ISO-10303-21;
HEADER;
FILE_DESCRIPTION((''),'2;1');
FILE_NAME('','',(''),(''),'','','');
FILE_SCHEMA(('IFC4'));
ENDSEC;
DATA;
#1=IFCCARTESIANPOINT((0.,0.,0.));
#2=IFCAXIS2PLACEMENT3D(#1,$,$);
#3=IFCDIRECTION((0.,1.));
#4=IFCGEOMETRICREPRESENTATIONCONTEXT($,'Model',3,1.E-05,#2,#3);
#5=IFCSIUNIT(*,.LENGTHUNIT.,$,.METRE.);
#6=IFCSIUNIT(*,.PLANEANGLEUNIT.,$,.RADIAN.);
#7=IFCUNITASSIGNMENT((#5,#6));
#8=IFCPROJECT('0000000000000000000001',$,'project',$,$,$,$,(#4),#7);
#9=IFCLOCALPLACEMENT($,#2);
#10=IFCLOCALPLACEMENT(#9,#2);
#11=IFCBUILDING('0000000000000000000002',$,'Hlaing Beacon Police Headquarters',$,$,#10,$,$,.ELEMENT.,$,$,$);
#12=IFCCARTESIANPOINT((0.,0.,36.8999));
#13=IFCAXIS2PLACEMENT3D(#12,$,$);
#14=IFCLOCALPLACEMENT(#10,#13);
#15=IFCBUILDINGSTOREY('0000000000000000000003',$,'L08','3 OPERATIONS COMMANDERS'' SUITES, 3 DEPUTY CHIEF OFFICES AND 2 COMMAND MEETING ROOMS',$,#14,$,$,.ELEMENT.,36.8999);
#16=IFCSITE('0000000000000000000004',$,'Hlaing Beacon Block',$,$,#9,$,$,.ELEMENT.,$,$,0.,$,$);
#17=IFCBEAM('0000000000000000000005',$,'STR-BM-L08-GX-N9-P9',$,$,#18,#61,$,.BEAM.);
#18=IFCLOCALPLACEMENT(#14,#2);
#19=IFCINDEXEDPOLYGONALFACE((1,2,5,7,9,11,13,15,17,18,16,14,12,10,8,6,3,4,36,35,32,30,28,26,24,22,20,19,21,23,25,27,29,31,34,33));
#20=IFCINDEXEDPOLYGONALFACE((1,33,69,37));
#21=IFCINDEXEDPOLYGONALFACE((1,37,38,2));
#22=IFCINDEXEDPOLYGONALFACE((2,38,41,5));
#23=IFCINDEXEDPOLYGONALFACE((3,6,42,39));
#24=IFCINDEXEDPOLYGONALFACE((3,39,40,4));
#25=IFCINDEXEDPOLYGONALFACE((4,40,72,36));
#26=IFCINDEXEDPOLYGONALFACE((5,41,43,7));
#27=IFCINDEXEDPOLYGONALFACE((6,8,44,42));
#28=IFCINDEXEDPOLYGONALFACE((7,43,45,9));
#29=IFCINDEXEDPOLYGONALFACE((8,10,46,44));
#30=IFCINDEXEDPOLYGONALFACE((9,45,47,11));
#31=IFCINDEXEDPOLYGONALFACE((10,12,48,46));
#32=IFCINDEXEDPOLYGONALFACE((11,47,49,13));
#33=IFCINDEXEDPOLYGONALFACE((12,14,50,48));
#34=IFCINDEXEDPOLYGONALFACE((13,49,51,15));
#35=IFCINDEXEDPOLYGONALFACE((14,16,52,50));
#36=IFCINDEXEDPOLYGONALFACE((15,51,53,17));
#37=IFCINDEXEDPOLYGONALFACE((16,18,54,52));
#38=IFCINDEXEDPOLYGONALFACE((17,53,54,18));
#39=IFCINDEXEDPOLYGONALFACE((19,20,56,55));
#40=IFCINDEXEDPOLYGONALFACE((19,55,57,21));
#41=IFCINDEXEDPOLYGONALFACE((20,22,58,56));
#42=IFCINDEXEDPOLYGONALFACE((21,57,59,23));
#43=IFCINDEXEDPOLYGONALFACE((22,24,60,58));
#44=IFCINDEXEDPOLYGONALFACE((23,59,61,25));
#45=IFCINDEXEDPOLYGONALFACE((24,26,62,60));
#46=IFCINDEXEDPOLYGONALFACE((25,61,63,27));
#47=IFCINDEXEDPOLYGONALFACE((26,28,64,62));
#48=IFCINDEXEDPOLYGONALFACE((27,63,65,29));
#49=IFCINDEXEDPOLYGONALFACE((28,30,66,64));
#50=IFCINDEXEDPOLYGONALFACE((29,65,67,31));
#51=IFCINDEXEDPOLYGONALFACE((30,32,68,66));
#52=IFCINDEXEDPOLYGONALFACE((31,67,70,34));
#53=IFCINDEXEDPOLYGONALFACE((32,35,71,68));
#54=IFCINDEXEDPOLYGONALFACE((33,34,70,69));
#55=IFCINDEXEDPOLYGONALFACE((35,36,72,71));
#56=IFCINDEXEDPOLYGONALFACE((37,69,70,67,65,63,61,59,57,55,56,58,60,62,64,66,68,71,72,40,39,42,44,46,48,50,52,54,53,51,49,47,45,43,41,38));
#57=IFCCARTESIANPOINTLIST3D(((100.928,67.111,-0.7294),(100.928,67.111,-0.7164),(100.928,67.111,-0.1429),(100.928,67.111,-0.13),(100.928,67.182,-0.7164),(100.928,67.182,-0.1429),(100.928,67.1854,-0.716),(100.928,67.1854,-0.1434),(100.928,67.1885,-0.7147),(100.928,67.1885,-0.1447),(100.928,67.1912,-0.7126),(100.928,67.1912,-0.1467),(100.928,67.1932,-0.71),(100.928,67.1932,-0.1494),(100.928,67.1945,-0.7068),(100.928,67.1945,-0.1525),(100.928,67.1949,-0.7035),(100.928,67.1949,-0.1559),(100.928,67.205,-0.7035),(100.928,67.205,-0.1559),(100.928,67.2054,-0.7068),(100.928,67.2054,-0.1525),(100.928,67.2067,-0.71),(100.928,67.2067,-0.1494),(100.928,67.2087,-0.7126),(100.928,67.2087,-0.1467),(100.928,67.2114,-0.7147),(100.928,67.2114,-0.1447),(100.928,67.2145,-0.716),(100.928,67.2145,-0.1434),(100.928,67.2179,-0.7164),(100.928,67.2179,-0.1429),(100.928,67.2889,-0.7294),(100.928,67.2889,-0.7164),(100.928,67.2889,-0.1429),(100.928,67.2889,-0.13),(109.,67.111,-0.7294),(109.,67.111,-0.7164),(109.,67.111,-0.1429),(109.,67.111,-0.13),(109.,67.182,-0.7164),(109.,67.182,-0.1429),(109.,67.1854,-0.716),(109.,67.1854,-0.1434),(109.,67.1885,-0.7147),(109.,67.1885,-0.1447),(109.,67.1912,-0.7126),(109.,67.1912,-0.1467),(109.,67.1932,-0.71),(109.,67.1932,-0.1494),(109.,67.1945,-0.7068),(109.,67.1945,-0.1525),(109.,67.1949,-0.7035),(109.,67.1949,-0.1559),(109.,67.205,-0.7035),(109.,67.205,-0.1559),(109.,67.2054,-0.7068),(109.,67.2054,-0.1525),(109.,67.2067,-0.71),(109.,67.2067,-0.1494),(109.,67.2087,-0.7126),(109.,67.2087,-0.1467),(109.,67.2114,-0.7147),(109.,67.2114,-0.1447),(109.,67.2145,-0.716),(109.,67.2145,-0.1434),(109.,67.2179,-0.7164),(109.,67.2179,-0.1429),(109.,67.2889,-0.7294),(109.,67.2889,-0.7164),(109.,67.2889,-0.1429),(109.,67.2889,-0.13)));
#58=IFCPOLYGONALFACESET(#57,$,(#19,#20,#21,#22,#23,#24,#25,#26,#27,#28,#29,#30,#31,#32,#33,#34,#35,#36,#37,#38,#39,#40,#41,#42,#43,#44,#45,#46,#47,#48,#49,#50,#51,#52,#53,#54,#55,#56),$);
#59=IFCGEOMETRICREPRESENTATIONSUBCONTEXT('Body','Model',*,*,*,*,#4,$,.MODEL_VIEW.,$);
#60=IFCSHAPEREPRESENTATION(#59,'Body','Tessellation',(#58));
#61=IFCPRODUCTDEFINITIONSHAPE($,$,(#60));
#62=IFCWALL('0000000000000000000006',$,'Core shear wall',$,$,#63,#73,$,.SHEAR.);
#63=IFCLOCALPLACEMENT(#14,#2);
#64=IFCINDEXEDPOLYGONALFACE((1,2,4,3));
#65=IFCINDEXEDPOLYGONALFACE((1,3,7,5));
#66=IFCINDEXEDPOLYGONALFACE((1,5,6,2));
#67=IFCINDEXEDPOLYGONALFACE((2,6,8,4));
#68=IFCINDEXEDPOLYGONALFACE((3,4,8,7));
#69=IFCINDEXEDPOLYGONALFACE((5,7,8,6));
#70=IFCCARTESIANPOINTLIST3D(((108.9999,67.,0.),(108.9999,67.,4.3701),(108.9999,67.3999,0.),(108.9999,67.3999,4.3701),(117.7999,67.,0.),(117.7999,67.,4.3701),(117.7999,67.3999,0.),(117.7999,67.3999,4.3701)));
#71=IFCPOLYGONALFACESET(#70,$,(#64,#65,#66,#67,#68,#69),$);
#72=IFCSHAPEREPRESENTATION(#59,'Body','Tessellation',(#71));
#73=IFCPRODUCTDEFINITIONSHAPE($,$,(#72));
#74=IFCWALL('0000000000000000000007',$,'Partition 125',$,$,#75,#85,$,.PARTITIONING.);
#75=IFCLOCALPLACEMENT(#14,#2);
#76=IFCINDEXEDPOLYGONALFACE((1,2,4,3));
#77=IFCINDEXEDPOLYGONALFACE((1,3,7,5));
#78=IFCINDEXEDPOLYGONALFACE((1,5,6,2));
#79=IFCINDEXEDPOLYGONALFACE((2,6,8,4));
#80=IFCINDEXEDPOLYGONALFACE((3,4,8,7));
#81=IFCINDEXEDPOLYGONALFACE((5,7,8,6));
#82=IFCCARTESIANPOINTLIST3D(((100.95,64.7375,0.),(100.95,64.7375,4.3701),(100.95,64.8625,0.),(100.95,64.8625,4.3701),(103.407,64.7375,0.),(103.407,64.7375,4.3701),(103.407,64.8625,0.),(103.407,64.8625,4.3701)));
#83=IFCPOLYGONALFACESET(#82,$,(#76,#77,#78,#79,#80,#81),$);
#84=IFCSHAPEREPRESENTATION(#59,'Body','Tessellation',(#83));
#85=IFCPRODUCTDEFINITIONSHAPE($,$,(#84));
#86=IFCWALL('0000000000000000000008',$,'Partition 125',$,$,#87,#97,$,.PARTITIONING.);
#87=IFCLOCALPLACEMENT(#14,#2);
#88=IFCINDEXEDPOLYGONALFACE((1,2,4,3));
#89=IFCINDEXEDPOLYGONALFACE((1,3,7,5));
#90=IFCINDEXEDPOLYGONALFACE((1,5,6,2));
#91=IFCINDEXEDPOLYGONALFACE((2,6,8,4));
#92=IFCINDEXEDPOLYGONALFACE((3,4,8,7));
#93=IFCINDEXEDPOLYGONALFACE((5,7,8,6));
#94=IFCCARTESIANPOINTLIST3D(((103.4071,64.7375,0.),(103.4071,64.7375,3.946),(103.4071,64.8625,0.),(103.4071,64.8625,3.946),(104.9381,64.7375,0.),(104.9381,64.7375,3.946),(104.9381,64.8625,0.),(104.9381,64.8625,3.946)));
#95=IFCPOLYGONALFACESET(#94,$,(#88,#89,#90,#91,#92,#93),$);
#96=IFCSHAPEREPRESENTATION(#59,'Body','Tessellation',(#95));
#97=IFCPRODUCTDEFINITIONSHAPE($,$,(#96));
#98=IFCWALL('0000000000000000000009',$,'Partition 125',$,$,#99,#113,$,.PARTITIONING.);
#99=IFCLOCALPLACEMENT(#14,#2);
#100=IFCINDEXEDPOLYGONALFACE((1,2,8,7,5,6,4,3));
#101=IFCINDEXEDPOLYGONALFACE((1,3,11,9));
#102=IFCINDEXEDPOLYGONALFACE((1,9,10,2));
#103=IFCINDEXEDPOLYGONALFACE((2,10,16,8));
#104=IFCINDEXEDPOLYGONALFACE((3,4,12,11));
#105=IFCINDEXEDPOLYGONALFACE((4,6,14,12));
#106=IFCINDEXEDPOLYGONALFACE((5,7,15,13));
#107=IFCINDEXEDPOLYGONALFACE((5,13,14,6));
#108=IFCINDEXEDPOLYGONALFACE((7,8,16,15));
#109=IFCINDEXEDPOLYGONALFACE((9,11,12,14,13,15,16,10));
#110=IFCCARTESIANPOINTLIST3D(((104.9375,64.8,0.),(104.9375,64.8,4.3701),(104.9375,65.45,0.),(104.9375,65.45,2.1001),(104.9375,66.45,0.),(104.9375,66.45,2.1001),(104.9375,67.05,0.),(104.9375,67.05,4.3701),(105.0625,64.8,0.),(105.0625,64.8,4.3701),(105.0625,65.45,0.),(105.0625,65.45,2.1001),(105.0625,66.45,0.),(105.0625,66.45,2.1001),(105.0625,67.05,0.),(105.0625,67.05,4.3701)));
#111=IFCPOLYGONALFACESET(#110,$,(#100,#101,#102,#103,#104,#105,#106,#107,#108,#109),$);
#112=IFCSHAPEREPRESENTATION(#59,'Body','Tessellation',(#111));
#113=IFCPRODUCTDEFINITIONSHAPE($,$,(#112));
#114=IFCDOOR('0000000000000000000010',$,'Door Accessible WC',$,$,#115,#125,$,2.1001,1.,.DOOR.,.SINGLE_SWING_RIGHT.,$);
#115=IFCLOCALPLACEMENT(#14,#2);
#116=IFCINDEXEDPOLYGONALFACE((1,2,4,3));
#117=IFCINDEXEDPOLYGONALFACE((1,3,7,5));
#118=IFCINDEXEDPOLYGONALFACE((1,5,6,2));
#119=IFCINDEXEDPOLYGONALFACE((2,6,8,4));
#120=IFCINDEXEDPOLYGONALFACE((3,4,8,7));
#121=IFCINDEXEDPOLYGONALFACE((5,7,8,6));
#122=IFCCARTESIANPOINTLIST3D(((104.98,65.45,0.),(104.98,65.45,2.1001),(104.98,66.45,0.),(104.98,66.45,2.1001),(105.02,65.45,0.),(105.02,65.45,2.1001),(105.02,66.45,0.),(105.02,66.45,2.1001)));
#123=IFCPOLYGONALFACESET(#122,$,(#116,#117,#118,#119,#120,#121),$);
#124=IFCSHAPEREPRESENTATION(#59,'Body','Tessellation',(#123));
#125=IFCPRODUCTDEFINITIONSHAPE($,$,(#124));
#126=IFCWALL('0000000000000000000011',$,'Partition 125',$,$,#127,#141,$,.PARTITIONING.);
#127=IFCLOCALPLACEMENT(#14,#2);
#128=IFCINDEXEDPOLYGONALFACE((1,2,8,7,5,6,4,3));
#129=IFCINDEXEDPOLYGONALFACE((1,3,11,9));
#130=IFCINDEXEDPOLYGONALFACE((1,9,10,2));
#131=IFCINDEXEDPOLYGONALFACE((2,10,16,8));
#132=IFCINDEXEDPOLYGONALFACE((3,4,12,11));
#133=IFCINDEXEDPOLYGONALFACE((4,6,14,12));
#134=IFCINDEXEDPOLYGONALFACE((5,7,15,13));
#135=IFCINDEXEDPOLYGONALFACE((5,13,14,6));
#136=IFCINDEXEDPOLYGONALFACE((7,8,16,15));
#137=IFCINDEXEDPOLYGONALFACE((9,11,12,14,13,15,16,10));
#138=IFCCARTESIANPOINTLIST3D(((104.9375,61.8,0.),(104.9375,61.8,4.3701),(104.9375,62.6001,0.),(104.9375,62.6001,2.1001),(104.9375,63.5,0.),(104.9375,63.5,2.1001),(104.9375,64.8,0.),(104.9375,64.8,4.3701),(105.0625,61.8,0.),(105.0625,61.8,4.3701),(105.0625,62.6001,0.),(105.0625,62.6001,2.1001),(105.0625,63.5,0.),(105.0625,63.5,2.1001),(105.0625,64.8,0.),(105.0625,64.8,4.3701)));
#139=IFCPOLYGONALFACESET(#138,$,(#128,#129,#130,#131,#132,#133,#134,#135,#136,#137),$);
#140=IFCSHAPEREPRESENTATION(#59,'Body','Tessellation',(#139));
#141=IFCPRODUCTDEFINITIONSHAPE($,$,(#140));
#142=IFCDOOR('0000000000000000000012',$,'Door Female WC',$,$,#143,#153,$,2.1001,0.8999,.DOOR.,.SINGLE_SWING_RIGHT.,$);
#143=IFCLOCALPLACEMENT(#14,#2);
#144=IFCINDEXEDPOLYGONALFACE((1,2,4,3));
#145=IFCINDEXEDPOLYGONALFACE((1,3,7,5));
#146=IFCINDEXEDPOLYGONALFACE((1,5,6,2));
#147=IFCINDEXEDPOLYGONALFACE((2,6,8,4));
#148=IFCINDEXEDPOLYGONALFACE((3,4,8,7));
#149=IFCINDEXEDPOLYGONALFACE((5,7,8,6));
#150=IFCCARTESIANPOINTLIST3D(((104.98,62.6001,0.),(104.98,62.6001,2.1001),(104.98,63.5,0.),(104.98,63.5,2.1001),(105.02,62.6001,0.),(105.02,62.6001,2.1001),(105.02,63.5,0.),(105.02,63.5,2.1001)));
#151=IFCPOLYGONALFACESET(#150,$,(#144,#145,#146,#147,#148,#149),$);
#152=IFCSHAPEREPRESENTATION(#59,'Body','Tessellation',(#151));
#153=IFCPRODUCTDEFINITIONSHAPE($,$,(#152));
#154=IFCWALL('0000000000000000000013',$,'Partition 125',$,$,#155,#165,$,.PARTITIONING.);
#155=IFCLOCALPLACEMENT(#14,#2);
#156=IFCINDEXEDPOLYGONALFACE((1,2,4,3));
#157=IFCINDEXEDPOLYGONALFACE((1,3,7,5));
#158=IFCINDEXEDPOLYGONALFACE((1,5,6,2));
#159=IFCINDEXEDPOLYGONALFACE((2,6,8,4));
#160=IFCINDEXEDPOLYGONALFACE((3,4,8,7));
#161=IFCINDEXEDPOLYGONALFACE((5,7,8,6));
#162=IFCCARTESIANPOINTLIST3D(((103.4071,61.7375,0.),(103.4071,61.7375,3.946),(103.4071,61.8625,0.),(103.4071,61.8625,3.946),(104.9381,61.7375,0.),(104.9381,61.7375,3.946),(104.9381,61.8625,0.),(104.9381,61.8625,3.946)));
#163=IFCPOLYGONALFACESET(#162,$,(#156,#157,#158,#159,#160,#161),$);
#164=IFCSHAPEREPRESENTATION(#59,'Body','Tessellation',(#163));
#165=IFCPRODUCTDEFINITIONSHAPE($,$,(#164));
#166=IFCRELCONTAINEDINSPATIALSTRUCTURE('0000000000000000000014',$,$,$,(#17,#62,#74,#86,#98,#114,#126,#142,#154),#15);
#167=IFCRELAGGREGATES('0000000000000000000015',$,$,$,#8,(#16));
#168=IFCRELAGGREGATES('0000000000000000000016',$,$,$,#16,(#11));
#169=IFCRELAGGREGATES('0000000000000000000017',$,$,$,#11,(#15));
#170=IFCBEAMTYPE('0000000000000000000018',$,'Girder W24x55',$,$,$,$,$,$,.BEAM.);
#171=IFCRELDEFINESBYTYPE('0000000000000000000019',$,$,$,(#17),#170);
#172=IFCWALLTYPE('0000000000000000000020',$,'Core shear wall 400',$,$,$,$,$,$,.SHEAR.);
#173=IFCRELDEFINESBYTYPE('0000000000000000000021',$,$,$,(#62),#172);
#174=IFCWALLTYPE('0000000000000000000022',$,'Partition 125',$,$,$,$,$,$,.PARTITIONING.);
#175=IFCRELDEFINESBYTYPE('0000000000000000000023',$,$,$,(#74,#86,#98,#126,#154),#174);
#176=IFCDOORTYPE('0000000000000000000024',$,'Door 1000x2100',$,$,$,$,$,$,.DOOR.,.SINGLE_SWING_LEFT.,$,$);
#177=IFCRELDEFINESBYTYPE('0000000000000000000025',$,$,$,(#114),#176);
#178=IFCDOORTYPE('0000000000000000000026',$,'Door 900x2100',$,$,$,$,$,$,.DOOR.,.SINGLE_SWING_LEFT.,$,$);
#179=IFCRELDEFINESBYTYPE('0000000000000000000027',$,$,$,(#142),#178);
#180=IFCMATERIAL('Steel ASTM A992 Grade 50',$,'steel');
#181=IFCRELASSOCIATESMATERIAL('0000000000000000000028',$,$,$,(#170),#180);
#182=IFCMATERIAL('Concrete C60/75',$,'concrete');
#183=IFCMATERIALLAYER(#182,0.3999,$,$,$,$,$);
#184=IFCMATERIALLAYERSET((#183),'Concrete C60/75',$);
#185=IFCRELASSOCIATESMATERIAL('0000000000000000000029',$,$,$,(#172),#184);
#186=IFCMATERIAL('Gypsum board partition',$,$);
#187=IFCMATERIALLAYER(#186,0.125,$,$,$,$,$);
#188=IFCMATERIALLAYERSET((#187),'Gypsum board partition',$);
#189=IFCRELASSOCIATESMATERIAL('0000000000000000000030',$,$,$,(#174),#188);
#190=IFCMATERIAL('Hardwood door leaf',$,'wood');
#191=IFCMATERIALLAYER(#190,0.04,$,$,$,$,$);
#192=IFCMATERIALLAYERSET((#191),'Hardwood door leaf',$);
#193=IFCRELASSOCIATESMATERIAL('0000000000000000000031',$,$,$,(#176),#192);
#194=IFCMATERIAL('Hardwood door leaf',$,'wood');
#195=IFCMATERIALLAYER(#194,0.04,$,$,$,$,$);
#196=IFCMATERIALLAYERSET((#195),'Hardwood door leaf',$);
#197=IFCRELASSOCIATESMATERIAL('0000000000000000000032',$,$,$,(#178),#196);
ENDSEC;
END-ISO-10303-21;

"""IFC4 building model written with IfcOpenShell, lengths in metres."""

from ifc_helpers import new_model, si_unit, direction, frame, frame_2d, origin, origin_2d, place, context, subcontext, project, spatial, rectangle, i_section, extrude, material, layer, layer_set, material_profile, profile_set, type_object, element, fill, save


model = new_model("IFC4")

# Units and contexts
model_context = context("Model", 3, precision=1e-05, world=origin(), true_north=direction((0.0, 1.0)))
body_context = subcontext(model_context, "Body", "Model", "MODEL_VIEW")
ifc_project = project(units=[si_unit("LENGTHUNIT", "METRE"), si_unit("PLANEANGLEUNIT", "RADIAN")], contexts=[model_context])

# Site, building, storey
site_placement = place(None, origin())
site = spatial("IfcSite", under=ifc_project, at=site_placement, Name="Hlaing Beacon Block", CompositionType="ELEMENT", RefElevation=0.0)
building_placement = place(site_placement, origin())
building = spatial("IfcBuilding", under=site, at=building_placement, Name="Hlaing Beacon Police Headquarters", CompositionType="ELEMENT")
storey_placement = place(building_placement, frame((0.0, 0.0, 36.8999)))
storey = spatial("IfcBuildingStorey", under=building, at=storey_placement, Name="L08", Description="3 OPERATIONS COMMANDERS' SUITES, 3 DEPUTY CHIEF OFFICES AND 2 COMMAND MEETING ROOMS", CompositionType="ELEMENT", Elevation=36.8999)

# Beam
ifc_material_1 = material(Name="Steel ASTM A992 Grade 50", Category="steel")
ifc_material_profile = material_profile(ifc_material_1, i_section(OverallWidth=0.178, OverallDepth=0.5994, WebThickness=0.01, FlangeThickness=0.0129, FilletRadius=0.0129, at=origin_2d()), Name="W24x55")
ifc_profile_set = profile_set([ifc_material_profile], Name="Steel ASTM A992 Grade 50")
beam_type = type_object("IfcBeamType", Name="Girder W24x55", PredefinedType="BEAM", material=ifc_profile_set)
beam_placement = place(storey_placement, frame((100.928, 67.2, -0.4297), z_axis=(1.0, 0.0, 0.0), x_axis=(0.0, 1.0, 0.0)))
element("IfcBeam", 1, at=beam_placement, inside=storey, type_object=beam_type, Name="STR-BM-L08-GX-N9-P9", PredefinedType="BEAM", context=body_context, shape_type="SweptSolid", body=[
    extrude(i_section(OverallWidth=0.178, OverallDepth=0.5994, WebThickness=0.01, FlangeThickness=0.0129, FilletRadius=0.0129, at=origin_2d()), origin(), (0.0, 0.0, 1.0), 8.072),
])

# Walls
ifc_material_2 = material(Name="Concrete C60/75", Category="concrete")
ifc_layer_1 = layer(ifc_material_2, 0.3999)
ifc_layer_set_1 = layer_set([ifc_layer_1], Name="Concrete C60/75")
wall_type_1 = type_object("IfcWallType", Name="Core shear wall 400", PredefinedType="SHEAR", material=ifc_layer_set_1)
wall_1_placement = place(storey_placement, frame((109.0, 67.2, 0.0), z_axis=(0.0, 0.0, 1.0), x_axis=(1.0, 0.0, 0.0)))
element("IfcWall", 2, at=wall_1_placement, inside=storey, type_object=wall_type_1, Name="Core shear wall", PredefinedType="SHEAR", context=body_context, shape_type="SweptSolid", body=[
    extrude(rectangle(XDim=8.8, YDim=0.3999, at=frame_2d((4.3999, 0.0))), origin(), (0.0, 0.0, 1.0), 4.3701),
])
ifc_material_3 = material(Name="Gypsum board partition")
ifc_layer_2 = layer(ifc_material_3, 0.125)
ifc_layer_set_2 = layer_set([ifc_layer_2], Name="Gypsum board partition")
wall_type_2 = type_object("IfcWallType", Name="Partition 125", PredefinedType="PARTITIONING", material=ifc_layer_set_2)
wall_2_placement = place(storey_placement, frame((100.95, 64.8, 0.0), z_axis=(0.0, 0.0, 1.0), x_axis=(1.0, 0.0, 0.0)))
element("IfcWall", 3, at=wall_2_placement, inside=storey, type_object=wall_type_2, Name="Partition 125", PredefinedType="PARTITIONING", context=body_context, shape_type="SweptSolid", body=[
    extrude(rectangle(XDim=2.457, YDim=0.125, at=frame_2d((1.2285, 0.0))), origin(), (0.0, 0.0, 1.0), 4.3701),
])
wall_3_placement = place(storey_placement, frame((103.407, 64.8, 0.0), z_axis=(0.0, 0.0, 1.0), x_axis=(1.0, 0.0, 0.0)))
element("IfcWall", 4, at=wall_3_placement, inside=storey, type_object=wall_type_2, Name="Partition 125", PredefinedType="PARTITIONING", context=body_context, shape_type="SweptSolid", body=[
    extrude(rectangle(XDim=1.531, YDim=0.125, at=frame_2d((0.7656, 0.0))), origin(), (0.0, 0.0, 1.0), 3.946),
])

# Walls, openings, doors
wall_4_placement = place(storey_placement, frame((105.0, 64.8, 0.0), z_axis=(0.0, 0.0, 1.0), x_axis=(0.0, 1.0, 0.0)))
wall_4 = element("IfcWall", 5, at=wall_4_placement, inside=storey, type_object=wall_type_2, Name="Partition 125", PredefinedType="PARTITIONING", context=body_context, shape_type="SweptSolid", body=[
    extrude(rectangle(XDim=2.25, YDim=0.125, at=frame_2d((1.125, 0.0))), origin(), (0.0, 0.0, 1.0), 4.3701),
])
opening_1_placement = place(wall_4_placement, frame((0.6499, 0.0, 0.0)))
opening_1 = element("IfcOpeningElement", 6, at=opening_1_placement, cuts=wall_4, PredefinedType="OPENING", context=body_context, shape_type="SweptSolid", body=[
    extrude(rectangle(XDim=1.0, YDim=2.1001, at=frame_2d((0.5, 1.05))), frame((0.0, 0.0725, 0.0), z_axis=(0.0, -1.0, 0.0), x_axis=(1.0, 0.0, 0.0)), (0.0, 0.0, 1.0), 0.145),
])
ifc_material_4 = material(Name="Hardwood door leaf", Category="wood")
ifc_layer_3 = layer(ifc_material_4, 0.04)
ifc_layer_set_3 = layer_set([ifc_layer_3], Name="Hardwood door leaf")
door_type_1 = type_object("IfcDoorType", Name="Door 1000x2100", OperationType="SINGLE_SWING_LEFT", PredefinedType="DOOR", material=ifc_layer_set_3)
door_1_placement = place(opening_1_placement, origin())
door_1 = element("IfcDoor", 7, at=door_1_placement, inside=storey, type_object=door_type_1, Name="Door Accessible WC", OperationType="SINGLE_SWING_RIGHT", OverallHeight=2.1001, OverallWidth=1.0, PredefinedType="DOOR", context=body_context, shape_type="SweptSolid", body=[
    extrude(rectangle(XDim=1.0, YDim=2.1001, at=frame_2d((0.5, 1.05))), frame((0.0, 0.02, 0.0), z_axis=(0.0, -1.0, 0.0), x_axis=(1.0, 0.0, 0.0)), (0.0, 0.0, 1.0), 0.04),
])
fill(opening_1, door_1)
wall_5_placement = place(storey_placement, frame((105.0, 61.8, 0.0), z_axis=(0.0, 0.0, 1.0), x_axis=(0.0, 1.0, 0.0)))
wall_5 = element("IfcWall", 8, at=wall_5_placement, inside=storey, type_object=wall_type_2, Name="Partition 125", PredefinedType="PARTITIONING", context=body_context, shape_type="SweptSolid", body=[
    extrude(rectangle(XDim=3.0, YDim=0.125, at=frame_2d((1.5, 0.0))), origin(), (0.0, 0.0, 1.0), 4.3701),
])
opening_2_placement = place(wall_5_placement, frame((0.8, 0.0, 0.0)))
opening_2 = element("IfcOpeningElement", 9, at=opening_2_placement, cuts=wall_5, PredefinedType="OPENING", context=body_context, shape_type="SweptSolid", body=[
    extrude(rectangle(XDim=0.8999, YDim=2.1001, at=frame_2d((0.45, 1.05))), frame((0.0, 0.0725, 0.0), z_axis=(0.0, -1.0, 0.0), x_axis=(1.0, 0.0, 0.0)), (0.0, 0.0, 1.0), 0.145),
])
ifc_material_5 = material(Name="Hardwood door leaf", Category="wood")
ifc_layer_4 = layer(ifc_material_5, 0.04)
ifc_layer_set_4 = layer_set([ifc_layer_4], Name="Hardwood door leaf")
door_type_2 = type_object("IfcDoorType", Name="Door 900x2100", OperationType="SINGLE_SWING_LEFT", PredefinedType="DOOR", material=ifc_layer_set_4)
door_2_placement = place(opening_2_placement, origin())
door_2 = element("IfcDoor", 10, at=door_2_placement, inside=storey, type_object=door_type_2, Name="Door Female WC", OperationType="SINGLE_SWING_RIGHT", OverallHeight=2.1001, OverallWidth=0.8999, PredefinedType="DOOR", context=body_context, shape_type="SweptSolid", body=[
    extrude(rectangle(XDim=0.8999, YDim=2.1001, at=frame_2d((0.45, 1.05))), frame((0.0, 0.02, 0.0), z_axis=(0.0, -1.0, 0.0), x_axis=(1.0, 0.0, 0.0)), (0.0, 0.0, 1.0), 0.04),
])
fill(opening_2, door_2)

# Wall
wall_6_placement = place(storey_placement, frame((103.407, 61.8, 0.0), z_axis=(0.0, 0.0, 1.0), x_axis=(1.0, 0.0, 0.0)))
element("IfcWall", 11, at=wall_6_placement, inside=storey, type_object=wall_type_2, Name="Partition 125", PredefinedType="PARTITIONING", context=body_context, shape_type="SweptSolid", body=[
    extrude(rectangle(XDim=1.531, YDim=0.125, at=frame_2d((0.7656, 0.0))), origin(), (0.0, 0.0, 1.0), 3.946),
])

save(model, "model.ifc")
